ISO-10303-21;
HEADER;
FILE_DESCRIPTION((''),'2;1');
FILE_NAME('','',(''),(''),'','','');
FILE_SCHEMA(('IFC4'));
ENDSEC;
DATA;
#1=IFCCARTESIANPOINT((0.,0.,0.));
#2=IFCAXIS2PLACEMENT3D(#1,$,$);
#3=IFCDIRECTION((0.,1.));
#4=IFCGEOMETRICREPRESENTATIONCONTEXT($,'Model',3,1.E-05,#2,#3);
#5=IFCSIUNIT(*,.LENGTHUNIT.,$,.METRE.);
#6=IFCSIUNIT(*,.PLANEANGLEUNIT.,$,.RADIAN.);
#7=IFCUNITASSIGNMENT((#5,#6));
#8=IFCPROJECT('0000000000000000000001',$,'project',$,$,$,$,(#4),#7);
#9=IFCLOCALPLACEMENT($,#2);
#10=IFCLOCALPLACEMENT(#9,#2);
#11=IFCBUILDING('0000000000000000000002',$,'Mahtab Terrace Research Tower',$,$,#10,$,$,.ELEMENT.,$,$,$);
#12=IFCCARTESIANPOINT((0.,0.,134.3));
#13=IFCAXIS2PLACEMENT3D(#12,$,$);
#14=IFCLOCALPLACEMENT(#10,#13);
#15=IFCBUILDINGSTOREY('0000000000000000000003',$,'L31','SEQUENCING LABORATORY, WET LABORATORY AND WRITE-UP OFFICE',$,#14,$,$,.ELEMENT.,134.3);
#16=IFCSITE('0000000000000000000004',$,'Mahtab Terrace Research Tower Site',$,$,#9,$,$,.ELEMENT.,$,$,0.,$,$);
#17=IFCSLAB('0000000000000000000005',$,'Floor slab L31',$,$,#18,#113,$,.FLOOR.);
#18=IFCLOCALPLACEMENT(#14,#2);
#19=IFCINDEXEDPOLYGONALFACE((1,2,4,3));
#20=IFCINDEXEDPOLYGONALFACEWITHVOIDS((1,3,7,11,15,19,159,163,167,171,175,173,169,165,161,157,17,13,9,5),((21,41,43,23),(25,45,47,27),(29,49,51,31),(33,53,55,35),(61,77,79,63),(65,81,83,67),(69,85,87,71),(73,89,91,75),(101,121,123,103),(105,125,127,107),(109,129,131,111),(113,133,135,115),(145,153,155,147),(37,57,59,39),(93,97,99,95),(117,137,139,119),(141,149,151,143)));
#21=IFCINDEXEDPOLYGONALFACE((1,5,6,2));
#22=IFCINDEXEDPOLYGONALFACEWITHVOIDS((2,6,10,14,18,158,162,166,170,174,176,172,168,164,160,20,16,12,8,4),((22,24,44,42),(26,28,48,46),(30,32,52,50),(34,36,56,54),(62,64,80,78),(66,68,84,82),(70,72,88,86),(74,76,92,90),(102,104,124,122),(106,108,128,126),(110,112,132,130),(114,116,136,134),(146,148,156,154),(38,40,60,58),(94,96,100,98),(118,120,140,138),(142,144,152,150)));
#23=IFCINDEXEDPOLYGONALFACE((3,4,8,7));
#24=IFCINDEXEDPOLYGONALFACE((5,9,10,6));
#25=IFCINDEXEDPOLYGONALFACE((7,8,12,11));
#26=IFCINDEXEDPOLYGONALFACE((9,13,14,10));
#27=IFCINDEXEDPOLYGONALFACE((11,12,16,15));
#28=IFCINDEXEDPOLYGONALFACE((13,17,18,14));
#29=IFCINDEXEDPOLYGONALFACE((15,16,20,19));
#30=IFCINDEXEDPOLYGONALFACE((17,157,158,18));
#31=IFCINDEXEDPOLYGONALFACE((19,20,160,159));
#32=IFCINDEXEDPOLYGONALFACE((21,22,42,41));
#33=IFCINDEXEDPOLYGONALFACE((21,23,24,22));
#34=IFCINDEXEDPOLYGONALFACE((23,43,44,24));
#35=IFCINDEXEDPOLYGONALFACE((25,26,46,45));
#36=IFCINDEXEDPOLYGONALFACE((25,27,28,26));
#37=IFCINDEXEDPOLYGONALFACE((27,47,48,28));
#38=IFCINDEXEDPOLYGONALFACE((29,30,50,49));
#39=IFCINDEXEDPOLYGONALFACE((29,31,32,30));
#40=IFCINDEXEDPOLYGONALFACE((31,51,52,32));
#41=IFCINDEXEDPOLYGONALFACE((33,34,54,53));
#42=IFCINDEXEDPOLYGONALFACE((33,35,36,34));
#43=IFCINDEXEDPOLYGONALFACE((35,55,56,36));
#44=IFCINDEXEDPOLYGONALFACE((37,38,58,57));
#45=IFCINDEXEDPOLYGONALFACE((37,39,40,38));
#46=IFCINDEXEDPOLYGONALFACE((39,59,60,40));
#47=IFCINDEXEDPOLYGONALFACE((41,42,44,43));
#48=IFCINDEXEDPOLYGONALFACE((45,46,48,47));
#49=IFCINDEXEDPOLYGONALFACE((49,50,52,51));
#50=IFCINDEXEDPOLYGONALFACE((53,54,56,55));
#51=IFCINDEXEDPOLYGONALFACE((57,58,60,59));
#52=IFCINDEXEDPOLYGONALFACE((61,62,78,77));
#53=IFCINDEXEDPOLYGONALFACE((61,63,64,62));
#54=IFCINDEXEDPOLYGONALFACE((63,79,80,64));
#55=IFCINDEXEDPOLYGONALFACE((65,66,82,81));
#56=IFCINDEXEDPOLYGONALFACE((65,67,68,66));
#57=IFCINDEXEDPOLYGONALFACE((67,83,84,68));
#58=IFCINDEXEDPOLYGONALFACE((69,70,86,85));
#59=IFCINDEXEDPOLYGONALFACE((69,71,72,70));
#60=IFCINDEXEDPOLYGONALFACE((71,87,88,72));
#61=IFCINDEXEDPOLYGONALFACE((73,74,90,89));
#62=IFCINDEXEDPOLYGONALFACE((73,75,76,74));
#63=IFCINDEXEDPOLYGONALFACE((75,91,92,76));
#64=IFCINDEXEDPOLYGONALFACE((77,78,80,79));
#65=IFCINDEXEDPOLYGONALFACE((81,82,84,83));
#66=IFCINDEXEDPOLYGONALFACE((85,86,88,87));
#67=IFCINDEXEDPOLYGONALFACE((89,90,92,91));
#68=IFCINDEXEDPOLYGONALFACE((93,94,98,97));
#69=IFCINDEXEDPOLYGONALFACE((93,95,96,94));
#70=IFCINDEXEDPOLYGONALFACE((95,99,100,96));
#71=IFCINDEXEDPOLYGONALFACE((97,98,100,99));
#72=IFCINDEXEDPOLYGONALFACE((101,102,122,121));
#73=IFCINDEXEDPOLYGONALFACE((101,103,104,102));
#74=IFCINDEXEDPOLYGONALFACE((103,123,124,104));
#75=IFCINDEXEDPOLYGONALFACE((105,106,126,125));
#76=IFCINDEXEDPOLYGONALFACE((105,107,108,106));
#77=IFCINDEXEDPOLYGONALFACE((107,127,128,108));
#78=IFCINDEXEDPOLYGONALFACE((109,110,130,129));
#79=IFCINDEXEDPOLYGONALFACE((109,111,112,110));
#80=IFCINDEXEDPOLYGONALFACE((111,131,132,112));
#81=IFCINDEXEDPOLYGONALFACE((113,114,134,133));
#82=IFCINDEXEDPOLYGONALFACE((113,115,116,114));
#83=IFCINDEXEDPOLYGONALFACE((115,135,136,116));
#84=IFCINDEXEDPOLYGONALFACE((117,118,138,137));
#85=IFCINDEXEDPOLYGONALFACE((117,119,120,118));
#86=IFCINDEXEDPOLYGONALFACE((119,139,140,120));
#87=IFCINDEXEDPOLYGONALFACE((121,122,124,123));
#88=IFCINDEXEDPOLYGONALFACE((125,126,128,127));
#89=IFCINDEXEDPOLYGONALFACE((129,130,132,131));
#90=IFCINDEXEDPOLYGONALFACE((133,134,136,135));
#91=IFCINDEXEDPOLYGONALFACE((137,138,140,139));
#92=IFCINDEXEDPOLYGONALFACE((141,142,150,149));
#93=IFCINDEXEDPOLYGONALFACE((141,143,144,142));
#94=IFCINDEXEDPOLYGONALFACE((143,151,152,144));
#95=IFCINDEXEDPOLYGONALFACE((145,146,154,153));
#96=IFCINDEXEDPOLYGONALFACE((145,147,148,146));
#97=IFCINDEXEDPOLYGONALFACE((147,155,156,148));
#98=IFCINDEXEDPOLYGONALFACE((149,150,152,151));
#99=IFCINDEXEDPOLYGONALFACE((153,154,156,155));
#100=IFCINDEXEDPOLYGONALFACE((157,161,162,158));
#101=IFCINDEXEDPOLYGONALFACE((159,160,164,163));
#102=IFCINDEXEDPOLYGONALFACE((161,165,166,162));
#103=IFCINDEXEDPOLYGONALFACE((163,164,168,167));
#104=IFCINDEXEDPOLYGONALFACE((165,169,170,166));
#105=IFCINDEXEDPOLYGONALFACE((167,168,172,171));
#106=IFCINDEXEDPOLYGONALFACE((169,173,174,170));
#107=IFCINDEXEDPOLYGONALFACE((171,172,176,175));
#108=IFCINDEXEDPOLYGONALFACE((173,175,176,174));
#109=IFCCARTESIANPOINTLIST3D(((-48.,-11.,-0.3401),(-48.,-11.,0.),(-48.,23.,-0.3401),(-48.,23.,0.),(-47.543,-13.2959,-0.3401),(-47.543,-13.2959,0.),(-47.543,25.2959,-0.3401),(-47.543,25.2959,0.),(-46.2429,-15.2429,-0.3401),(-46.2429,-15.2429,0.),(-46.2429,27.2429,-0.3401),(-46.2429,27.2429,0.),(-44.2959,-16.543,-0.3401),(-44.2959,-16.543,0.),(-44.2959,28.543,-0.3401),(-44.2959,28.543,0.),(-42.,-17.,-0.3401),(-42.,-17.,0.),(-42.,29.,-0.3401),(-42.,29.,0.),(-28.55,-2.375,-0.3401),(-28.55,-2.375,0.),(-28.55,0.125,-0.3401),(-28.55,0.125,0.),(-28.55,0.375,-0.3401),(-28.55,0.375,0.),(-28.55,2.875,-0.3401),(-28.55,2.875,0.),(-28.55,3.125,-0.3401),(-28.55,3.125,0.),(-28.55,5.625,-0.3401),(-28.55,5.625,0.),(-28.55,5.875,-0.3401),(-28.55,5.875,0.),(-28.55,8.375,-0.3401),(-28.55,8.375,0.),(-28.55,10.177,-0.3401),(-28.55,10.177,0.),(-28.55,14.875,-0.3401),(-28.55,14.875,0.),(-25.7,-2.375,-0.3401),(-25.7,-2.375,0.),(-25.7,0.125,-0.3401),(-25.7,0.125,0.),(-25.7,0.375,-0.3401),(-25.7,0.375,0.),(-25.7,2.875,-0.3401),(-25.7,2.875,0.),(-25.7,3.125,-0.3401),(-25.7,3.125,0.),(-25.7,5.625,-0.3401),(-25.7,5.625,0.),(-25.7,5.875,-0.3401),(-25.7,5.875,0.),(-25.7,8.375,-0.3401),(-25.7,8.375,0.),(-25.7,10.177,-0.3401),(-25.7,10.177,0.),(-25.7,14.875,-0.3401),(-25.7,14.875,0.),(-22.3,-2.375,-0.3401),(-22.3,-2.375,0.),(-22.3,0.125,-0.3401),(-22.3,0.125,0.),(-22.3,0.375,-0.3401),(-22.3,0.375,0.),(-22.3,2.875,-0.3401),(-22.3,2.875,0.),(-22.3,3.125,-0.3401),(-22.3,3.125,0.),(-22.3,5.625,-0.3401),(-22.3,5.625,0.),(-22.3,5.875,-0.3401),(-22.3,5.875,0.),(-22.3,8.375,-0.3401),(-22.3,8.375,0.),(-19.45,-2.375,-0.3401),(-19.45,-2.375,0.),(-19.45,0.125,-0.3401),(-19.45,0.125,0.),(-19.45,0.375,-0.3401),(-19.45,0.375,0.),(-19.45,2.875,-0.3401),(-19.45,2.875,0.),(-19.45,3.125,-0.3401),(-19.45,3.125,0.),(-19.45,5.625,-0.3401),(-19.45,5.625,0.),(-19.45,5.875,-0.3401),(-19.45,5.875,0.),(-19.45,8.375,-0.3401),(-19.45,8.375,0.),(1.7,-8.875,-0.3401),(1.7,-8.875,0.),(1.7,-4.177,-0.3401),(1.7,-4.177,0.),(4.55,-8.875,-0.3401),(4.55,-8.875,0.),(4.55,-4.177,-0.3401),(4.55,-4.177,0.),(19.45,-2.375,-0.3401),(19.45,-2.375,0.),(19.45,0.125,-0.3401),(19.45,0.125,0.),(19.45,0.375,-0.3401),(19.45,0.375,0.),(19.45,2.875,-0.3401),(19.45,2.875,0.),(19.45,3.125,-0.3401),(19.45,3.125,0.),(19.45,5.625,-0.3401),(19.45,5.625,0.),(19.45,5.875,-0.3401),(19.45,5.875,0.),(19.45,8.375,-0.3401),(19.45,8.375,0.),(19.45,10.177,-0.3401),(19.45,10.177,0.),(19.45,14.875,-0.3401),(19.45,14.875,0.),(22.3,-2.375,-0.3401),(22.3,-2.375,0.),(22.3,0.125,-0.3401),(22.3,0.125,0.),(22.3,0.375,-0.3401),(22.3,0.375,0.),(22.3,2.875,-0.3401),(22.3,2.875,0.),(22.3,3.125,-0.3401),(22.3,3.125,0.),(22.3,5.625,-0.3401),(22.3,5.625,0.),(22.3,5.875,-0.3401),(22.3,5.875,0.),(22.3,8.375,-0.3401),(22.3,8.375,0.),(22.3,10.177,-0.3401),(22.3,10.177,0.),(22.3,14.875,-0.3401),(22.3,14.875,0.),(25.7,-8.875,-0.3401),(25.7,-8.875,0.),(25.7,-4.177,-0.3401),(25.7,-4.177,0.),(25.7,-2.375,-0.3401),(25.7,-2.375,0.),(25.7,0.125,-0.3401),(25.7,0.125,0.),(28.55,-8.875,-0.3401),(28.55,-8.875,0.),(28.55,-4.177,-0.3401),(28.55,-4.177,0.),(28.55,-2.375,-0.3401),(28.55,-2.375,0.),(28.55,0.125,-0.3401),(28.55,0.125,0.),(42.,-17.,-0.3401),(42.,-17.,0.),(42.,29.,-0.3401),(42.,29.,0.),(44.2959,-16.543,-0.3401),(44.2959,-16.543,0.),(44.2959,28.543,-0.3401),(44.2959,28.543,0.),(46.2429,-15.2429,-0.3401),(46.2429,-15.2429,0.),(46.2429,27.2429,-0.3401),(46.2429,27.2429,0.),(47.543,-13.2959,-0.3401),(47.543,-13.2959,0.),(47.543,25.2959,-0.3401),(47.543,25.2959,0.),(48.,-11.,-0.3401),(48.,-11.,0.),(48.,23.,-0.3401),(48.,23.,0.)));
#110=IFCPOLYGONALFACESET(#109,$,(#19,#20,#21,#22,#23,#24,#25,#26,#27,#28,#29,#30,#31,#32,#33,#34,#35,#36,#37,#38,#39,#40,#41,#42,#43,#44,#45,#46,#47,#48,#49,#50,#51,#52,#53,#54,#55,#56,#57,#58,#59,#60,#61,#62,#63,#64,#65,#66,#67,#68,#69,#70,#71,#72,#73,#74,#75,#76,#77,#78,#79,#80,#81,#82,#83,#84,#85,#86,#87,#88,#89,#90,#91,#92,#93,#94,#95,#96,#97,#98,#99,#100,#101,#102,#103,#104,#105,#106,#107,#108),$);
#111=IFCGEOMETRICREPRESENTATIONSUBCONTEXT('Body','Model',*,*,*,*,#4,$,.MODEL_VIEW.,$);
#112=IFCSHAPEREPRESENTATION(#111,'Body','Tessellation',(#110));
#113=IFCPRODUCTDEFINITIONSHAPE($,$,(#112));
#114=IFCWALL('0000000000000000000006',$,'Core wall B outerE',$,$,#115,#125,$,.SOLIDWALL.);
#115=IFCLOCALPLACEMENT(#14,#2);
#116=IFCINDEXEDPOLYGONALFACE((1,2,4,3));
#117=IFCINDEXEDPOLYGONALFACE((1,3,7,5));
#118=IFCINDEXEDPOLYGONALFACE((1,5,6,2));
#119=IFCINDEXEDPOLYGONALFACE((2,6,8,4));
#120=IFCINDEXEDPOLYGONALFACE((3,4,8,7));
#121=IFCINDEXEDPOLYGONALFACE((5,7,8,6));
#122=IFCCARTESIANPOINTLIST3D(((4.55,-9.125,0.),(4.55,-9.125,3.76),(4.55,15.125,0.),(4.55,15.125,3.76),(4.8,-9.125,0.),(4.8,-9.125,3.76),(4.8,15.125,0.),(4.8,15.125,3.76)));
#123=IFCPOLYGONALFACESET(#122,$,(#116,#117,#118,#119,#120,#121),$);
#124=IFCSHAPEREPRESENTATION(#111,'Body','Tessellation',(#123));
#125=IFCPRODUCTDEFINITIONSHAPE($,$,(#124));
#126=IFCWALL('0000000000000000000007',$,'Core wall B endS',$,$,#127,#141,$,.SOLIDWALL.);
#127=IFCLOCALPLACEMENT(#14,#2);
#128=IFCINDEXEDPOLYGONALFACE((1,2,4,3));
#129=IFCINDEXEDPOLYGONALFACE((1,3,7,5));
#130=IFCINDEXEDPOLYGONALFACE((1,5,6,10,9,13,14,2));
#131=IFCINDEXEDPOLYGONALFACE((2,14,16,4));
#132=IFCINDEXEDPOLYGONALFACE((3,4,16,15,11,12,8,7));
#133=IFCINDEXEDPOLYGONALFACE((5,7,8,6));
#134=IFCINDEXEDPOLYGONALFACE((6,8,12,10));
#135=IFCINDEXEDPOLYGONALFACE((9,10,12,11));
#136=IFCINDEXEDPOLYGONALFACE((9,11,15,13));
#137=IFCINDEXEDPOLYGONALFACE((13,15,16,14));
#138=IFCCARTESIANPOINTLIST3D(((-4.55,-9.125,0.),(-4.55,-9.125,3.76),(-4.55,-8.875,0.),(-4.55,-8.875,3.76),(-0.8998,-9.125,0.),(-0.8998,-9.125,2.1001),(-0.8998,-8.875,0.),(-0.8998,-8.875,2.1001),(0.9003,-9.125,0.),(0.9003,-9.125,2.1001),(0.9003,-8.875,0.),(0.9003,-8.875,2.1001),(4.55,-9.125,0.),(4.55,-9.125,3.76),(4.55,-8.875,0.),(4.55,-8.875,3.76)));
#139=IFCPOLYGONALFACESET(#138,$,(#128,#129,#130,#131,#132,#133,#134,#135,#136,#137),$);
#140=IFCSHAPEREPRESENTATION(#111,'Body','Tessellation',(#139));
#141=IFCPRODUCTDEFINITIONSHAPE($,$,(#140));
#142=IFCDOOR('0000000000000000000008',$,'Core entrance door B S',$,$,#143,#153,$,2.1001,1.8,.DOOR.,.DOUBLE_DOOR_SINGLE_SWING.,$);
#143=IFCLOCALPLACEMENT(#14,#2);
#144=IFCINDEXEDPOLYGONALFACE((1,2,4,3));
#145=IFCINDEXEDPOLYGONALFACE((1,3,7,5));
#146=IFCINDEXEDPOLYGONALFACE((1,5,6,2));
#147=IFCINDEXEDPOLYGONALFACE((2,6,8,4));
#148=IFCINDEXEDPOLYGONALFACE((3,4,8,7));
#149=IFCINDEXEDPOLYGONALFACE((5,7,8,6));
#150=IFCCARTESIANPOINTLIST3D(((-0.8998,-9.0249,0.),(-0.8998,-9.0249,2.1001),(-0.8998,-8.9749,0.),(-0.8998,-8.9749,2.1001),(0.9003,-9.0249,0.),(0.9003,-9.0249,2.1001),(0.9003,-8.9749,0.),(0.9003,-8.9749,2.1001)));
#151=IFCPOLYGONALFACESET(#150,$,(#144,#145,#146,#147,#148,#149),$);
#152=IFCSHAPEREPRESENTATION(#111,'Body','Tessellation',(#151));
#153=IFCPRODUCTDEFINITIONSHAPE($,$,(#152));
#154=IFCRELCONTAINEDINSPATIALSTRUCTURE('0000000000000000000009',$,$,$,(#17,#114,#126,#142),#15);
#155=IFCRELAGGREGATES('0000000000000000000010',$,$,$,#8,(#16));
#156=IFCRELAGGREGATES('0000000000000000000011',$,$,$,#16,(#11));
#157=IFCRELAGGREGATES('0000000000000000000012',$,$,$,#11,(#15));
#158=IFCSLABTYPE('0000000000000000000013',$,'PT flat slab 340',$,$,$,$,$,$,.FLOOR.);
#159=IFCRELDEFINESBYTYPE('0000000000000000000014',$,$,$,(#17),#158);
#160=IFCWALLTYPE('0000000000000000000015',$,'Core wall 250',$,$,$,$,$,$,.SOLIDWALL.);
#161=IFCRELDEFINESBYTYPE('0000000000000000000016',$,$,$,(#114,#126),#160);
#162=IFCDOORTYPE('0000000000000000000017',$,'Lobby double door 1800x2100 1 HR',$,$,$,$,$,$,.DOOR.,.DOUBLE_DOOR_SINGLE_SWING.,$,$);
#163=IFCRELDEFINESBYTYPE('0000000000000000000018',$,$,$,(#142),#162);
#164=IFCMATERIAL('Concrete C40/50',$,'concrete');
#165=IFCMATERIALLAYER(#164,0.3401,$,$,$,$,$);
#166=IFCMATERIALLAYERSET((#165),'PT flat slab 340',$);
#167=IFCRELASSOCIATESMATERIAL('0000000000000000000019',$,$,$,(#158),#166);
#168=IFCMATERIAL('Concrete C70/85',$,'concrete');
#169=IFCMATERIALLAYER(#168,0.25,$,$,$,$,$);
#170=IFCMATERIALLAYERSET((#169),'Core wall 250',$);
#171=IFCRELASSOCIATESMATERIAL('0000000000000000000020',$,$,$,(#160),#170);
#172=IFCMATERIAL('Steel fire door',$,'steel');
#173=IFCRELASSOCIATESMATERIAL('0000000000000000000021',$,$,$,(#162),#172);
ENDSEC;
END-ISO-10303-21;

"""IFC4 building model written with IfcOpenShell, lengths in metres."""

from ifc_helpers import new_model, si_unit, direction, frame, frame_2d, origin, place, context, subcontext, project, spatial, polyline, rectangle, outline, extrude, material, layer, layer_set, type_object, element, fill, save


model = new_model("IFC4")

# Units and contexts
model_context = context("Model", 3, precision=1e-05, world=origin(), true_north=direction((0.0, 1.0)))
body_context = subcontext(model_context, "Body", "Model", "MODEL_VIEW")
ifc_project = project(units=[si_unit("LENGTHUNIT", "METRE"), si_unit("PLANEANGLEUNIT", "RADIAN")], contexts=[model_context])

# Site, building, storey
site_placement = place(None, origin())
site = spatial("IfcSite", under=ifc_project, at=site_placement, Name="Mahtab Terrace Research Tower Site", CompositionType="ELEMENT", RefElevation=0.0)
building_placement = place(site_placement, origin())
building = spatial("IfcBuilding", under=site, at=building_placement, Name="Mahtab Terrace Research Tower", CompositionType="ELEMENT")
storey_placement = place(building_placement, frame((0.0, 0.0, 134.3)))
storey = spatial("IfcBuildingStorey", under=building, at=storey_placement, Name="L31", Description="SEQUENCING LABORATORY, WET LABORATORY AND WRITE-UP OFFICE", CompositionType="ELEMENT", Elevation=134.3)

# Shared definitions
ifc_material_1 = material(Name="Concrete C40/50", Category="concrete")

# Slab
ifc_layer_1 = layer(ifc_material_1, 0.3401)
ifc_layer_set_1 = layer_set([ifc_layer_1], Name="PT flat slab 340")
slab_type_1 = type_object("IfcSlabType", Name="PT flat slab 340", PredefinedType="FLOOR", material=ifc_layer_set_1)
slab_1_placement = place(storey_placement, frame((0.0, 0.0, -0.3401)))
element("IfcSlab", 1, at=slab_1_placement, inside=storey, type_object=slab_type_1, Name="Floor slab L31", PredefinedType="FLOOR", context=body_context, shape_type="SweptSolid", body=[
    extrude(outline(polyline([(47.543, 25.2959), (46.2429, 27.2429), (44.2959, 28.543), (42.0, 29.0), (-42.0, 29.0), (-44.2959, 28.543), (-46.2429, 27.2429), (-47.543, 25.2959), (-48.0, 23.0), (-48.0, -11.0), (-47.543, -13.2959), (-46.2429, -15.2429), (-44.2959, -16.543), (-42.0, -17.0), (42.0, -17.0), (44.2959, -16.543), (46.2429, -15.2429), (47.543, -13.2959), (48.0, -11.0), (48.0, 23.0), (47.543, 25.2959)]), holes=[polyline([(-28.55, -2.375), (-28.55, 0.125), (-25.7, 0.125), (-25.7, -2.375), (-28.55, -2.375)]), polyline([(-22.3, -2.375), (-22.3, 0.125), (-19.45, 0.125), (-19.45, -2.375), (-22.3, -2.375)]), polyline([(-28.55, 0.375), (-28.55, 2.875), (-25.7, 2.875), (-25.7, 0.375), (-28.55, 0.375)]), polyline([(-22.3, 0.375), (-22.3, 2.875), (-19.45, 2.875), (-19.45, 0.375), (-22.3, 0.375)]), polyline([(-28.55, 3.125), (-28.55, 5.625), (-25.7, 5.625), (-25.7, 3.125), (-28.55, 3.125)]), polyline([(-22.3, 3.125), (-22.3, 5.625), (-19.45, 5.625), (-19.45, 3.125), (-22.3, 3.125)]), polyline([(-28.55, 5.875), (-28.55, 8.375), (-25.7, 8.375), (-25.7, 5.875), (-28.55, 5.875)]), polyline([(-22.3, 5.875), (-22.3, 8.375), (-19.45, 8.375), (-19.45, 5.875), (-22.3, 5.875)]), polyline([(-28.55, 10.177), (-28.55, 14.875), (-25.7, 14.875), (-25.7, 10.177), (-28.55, 10.177)]), polyline([(1.7, -8.875), (1.7, -4.177), (4.55, -4.177), (4.55, -8.875), (1.7, -8.875)]), polyline([(25.7, -8.875), (25.7, -4.177), (28.55, -4.177), (28.55, -8.875), (25.7, -8.875)]), polyline([(19.45, -2.375), (19.45, 0.125), (22.3, 0.125), (22.3, -2.375), (19.45, -2.375)]), polyline([(25.7, -2.375), (25.7, 0.125), (28.55, 0.125), (28.55, -2.375), (25.7, -2.375)]), polyline([(19.45, 0.375), (19.45, 2.875), (22.3, 2.875), (22.3, 0.375), (19.45, 0.375)]), polyline([(19.45, 3.125), (19.45, 5.625), (22.3, 5.625), (22.3, 3.125), (19.45, 3.125)]), polyline([(19.45, 8.375), (22.3, 8.375), (22.3, 5.875), (19.45, 5.875), (19.45, 8.375)]), polyline([(19.45, 14.875), (22.3, 14.875), (22.3, 10.177), (19.45, 10.177), (19.45, 14.875)])]), origin(), (0.0, 0.0, 1.0), 0.3401),
])

# Wall
ifc_material_2 = material(Name="Concrete C70/85", Category="concrete")
ifc_layer_2 = layer(ifc_material_2, 0.25)
ifc_layer_set_2 = layer_set([ifc_layer_2], Name="Core wall 250")
wall_type = type_object("IfcWallType", Name="Core wall 250", PredefinedType="SOLIDWALL", material=ifc_layer_set_2)
wall_1_placement = place(storey_placement, frame((4.675, -9.125, 0.0), z_axis=(0.0, 0.0, 1.0), x_axis=(0.0, 1.0, 0.0)))
element("IfcWall", 2, at=wall_1_placement, inside=storey, type_object=wall_type, Name="Core wall B outerE", PredefinedType="SOLIDWALL", context=body_context, shape_type="SweptSolid", body=[
    extrude(rectangle(XDim=24.25, YDim=0.25, at=frame_2d((12.125, 0.0))), origin(), (0.0, 0.0, 1.0), 3.76),
])

# Wall, opening, door
wall_2_placement = place(storey_placement, frame((4.55, -9.0, 0.0), z_axis=(0.0, 0.0, 1.0), x_axis=(-1.0, 0.0, 0.0)))
wall_2 = element("IfcWall", 3, at=wall_2_placement, inside=storey, type_object=wall_type, Name="Core wall B endS", PredefinedType="SOLIDWALL", context=body_context, shape_type="SweptSolid", body=[
    extrude(rectangle(XDim=9.1001, YDim=0.25, at=frame_2d((4.55, 0.0))), origin(), (0.0, 0.0, 1.0), 3.76),
])
opening_1_placement = place(wall_2_placement, frame((3.6499, 0.0, 0.0)))
opening_1 = element("IfcOpeningElement", 4, at=opening_1_placement, cuts=wall_2, PredefinedType="OPENING", context=body_context, shape_type="SweptSolid", body=[
    extrude(rectangle(XDim=1.8, YDim=2.1001, at=frame_2d((0.8999, 1.05))), frame((0.0, 0.135, 0.0), z_axis=(0.0, -1.0, 0.0), x_axis=(1.0, 0.0, 0.0)), (0.0, 0.0, 1.0), 0.27),
])
ifc_material_3 = material(Name="Steel fire door", Category="steel")
door_type_1 = type_object("IfcDoorType", Name="Lobby double door 1800x2100 1 HR", OperationType="DOUBLE_DOOR_SINGLE_SWING", PredefinedType="DOOR", material=ifc_material_3)
door_1_placement = place(opening_1_placement, origin())
door_1 = element("IfcDoor", 5, at=door_1_placement, inside=storey, type_object=door_type_1, Name="Core entrance door B S", OperationType="DOUBLE_DOOR_SINGLE_SWING", OverallHeight=2.1001, OverallWidth=1.8, PredefinedType="DOOR", context=body_context, shape_type="SweptSolid", body=[
    extrude(rectangle(XDim=1.8, YDim=2.1001, at=frame_2d((0.8999, 1.05))), frame((0.0, 0.0249, 0.0), z_axis=(0.0, -1.0, 0.0), x_axis=(1.0, 0.0, 0.0)), (0.0, 0.0, 1.0), 0.05),
])
fill(opening_1, door_1)

save(model, "model.ifc")
